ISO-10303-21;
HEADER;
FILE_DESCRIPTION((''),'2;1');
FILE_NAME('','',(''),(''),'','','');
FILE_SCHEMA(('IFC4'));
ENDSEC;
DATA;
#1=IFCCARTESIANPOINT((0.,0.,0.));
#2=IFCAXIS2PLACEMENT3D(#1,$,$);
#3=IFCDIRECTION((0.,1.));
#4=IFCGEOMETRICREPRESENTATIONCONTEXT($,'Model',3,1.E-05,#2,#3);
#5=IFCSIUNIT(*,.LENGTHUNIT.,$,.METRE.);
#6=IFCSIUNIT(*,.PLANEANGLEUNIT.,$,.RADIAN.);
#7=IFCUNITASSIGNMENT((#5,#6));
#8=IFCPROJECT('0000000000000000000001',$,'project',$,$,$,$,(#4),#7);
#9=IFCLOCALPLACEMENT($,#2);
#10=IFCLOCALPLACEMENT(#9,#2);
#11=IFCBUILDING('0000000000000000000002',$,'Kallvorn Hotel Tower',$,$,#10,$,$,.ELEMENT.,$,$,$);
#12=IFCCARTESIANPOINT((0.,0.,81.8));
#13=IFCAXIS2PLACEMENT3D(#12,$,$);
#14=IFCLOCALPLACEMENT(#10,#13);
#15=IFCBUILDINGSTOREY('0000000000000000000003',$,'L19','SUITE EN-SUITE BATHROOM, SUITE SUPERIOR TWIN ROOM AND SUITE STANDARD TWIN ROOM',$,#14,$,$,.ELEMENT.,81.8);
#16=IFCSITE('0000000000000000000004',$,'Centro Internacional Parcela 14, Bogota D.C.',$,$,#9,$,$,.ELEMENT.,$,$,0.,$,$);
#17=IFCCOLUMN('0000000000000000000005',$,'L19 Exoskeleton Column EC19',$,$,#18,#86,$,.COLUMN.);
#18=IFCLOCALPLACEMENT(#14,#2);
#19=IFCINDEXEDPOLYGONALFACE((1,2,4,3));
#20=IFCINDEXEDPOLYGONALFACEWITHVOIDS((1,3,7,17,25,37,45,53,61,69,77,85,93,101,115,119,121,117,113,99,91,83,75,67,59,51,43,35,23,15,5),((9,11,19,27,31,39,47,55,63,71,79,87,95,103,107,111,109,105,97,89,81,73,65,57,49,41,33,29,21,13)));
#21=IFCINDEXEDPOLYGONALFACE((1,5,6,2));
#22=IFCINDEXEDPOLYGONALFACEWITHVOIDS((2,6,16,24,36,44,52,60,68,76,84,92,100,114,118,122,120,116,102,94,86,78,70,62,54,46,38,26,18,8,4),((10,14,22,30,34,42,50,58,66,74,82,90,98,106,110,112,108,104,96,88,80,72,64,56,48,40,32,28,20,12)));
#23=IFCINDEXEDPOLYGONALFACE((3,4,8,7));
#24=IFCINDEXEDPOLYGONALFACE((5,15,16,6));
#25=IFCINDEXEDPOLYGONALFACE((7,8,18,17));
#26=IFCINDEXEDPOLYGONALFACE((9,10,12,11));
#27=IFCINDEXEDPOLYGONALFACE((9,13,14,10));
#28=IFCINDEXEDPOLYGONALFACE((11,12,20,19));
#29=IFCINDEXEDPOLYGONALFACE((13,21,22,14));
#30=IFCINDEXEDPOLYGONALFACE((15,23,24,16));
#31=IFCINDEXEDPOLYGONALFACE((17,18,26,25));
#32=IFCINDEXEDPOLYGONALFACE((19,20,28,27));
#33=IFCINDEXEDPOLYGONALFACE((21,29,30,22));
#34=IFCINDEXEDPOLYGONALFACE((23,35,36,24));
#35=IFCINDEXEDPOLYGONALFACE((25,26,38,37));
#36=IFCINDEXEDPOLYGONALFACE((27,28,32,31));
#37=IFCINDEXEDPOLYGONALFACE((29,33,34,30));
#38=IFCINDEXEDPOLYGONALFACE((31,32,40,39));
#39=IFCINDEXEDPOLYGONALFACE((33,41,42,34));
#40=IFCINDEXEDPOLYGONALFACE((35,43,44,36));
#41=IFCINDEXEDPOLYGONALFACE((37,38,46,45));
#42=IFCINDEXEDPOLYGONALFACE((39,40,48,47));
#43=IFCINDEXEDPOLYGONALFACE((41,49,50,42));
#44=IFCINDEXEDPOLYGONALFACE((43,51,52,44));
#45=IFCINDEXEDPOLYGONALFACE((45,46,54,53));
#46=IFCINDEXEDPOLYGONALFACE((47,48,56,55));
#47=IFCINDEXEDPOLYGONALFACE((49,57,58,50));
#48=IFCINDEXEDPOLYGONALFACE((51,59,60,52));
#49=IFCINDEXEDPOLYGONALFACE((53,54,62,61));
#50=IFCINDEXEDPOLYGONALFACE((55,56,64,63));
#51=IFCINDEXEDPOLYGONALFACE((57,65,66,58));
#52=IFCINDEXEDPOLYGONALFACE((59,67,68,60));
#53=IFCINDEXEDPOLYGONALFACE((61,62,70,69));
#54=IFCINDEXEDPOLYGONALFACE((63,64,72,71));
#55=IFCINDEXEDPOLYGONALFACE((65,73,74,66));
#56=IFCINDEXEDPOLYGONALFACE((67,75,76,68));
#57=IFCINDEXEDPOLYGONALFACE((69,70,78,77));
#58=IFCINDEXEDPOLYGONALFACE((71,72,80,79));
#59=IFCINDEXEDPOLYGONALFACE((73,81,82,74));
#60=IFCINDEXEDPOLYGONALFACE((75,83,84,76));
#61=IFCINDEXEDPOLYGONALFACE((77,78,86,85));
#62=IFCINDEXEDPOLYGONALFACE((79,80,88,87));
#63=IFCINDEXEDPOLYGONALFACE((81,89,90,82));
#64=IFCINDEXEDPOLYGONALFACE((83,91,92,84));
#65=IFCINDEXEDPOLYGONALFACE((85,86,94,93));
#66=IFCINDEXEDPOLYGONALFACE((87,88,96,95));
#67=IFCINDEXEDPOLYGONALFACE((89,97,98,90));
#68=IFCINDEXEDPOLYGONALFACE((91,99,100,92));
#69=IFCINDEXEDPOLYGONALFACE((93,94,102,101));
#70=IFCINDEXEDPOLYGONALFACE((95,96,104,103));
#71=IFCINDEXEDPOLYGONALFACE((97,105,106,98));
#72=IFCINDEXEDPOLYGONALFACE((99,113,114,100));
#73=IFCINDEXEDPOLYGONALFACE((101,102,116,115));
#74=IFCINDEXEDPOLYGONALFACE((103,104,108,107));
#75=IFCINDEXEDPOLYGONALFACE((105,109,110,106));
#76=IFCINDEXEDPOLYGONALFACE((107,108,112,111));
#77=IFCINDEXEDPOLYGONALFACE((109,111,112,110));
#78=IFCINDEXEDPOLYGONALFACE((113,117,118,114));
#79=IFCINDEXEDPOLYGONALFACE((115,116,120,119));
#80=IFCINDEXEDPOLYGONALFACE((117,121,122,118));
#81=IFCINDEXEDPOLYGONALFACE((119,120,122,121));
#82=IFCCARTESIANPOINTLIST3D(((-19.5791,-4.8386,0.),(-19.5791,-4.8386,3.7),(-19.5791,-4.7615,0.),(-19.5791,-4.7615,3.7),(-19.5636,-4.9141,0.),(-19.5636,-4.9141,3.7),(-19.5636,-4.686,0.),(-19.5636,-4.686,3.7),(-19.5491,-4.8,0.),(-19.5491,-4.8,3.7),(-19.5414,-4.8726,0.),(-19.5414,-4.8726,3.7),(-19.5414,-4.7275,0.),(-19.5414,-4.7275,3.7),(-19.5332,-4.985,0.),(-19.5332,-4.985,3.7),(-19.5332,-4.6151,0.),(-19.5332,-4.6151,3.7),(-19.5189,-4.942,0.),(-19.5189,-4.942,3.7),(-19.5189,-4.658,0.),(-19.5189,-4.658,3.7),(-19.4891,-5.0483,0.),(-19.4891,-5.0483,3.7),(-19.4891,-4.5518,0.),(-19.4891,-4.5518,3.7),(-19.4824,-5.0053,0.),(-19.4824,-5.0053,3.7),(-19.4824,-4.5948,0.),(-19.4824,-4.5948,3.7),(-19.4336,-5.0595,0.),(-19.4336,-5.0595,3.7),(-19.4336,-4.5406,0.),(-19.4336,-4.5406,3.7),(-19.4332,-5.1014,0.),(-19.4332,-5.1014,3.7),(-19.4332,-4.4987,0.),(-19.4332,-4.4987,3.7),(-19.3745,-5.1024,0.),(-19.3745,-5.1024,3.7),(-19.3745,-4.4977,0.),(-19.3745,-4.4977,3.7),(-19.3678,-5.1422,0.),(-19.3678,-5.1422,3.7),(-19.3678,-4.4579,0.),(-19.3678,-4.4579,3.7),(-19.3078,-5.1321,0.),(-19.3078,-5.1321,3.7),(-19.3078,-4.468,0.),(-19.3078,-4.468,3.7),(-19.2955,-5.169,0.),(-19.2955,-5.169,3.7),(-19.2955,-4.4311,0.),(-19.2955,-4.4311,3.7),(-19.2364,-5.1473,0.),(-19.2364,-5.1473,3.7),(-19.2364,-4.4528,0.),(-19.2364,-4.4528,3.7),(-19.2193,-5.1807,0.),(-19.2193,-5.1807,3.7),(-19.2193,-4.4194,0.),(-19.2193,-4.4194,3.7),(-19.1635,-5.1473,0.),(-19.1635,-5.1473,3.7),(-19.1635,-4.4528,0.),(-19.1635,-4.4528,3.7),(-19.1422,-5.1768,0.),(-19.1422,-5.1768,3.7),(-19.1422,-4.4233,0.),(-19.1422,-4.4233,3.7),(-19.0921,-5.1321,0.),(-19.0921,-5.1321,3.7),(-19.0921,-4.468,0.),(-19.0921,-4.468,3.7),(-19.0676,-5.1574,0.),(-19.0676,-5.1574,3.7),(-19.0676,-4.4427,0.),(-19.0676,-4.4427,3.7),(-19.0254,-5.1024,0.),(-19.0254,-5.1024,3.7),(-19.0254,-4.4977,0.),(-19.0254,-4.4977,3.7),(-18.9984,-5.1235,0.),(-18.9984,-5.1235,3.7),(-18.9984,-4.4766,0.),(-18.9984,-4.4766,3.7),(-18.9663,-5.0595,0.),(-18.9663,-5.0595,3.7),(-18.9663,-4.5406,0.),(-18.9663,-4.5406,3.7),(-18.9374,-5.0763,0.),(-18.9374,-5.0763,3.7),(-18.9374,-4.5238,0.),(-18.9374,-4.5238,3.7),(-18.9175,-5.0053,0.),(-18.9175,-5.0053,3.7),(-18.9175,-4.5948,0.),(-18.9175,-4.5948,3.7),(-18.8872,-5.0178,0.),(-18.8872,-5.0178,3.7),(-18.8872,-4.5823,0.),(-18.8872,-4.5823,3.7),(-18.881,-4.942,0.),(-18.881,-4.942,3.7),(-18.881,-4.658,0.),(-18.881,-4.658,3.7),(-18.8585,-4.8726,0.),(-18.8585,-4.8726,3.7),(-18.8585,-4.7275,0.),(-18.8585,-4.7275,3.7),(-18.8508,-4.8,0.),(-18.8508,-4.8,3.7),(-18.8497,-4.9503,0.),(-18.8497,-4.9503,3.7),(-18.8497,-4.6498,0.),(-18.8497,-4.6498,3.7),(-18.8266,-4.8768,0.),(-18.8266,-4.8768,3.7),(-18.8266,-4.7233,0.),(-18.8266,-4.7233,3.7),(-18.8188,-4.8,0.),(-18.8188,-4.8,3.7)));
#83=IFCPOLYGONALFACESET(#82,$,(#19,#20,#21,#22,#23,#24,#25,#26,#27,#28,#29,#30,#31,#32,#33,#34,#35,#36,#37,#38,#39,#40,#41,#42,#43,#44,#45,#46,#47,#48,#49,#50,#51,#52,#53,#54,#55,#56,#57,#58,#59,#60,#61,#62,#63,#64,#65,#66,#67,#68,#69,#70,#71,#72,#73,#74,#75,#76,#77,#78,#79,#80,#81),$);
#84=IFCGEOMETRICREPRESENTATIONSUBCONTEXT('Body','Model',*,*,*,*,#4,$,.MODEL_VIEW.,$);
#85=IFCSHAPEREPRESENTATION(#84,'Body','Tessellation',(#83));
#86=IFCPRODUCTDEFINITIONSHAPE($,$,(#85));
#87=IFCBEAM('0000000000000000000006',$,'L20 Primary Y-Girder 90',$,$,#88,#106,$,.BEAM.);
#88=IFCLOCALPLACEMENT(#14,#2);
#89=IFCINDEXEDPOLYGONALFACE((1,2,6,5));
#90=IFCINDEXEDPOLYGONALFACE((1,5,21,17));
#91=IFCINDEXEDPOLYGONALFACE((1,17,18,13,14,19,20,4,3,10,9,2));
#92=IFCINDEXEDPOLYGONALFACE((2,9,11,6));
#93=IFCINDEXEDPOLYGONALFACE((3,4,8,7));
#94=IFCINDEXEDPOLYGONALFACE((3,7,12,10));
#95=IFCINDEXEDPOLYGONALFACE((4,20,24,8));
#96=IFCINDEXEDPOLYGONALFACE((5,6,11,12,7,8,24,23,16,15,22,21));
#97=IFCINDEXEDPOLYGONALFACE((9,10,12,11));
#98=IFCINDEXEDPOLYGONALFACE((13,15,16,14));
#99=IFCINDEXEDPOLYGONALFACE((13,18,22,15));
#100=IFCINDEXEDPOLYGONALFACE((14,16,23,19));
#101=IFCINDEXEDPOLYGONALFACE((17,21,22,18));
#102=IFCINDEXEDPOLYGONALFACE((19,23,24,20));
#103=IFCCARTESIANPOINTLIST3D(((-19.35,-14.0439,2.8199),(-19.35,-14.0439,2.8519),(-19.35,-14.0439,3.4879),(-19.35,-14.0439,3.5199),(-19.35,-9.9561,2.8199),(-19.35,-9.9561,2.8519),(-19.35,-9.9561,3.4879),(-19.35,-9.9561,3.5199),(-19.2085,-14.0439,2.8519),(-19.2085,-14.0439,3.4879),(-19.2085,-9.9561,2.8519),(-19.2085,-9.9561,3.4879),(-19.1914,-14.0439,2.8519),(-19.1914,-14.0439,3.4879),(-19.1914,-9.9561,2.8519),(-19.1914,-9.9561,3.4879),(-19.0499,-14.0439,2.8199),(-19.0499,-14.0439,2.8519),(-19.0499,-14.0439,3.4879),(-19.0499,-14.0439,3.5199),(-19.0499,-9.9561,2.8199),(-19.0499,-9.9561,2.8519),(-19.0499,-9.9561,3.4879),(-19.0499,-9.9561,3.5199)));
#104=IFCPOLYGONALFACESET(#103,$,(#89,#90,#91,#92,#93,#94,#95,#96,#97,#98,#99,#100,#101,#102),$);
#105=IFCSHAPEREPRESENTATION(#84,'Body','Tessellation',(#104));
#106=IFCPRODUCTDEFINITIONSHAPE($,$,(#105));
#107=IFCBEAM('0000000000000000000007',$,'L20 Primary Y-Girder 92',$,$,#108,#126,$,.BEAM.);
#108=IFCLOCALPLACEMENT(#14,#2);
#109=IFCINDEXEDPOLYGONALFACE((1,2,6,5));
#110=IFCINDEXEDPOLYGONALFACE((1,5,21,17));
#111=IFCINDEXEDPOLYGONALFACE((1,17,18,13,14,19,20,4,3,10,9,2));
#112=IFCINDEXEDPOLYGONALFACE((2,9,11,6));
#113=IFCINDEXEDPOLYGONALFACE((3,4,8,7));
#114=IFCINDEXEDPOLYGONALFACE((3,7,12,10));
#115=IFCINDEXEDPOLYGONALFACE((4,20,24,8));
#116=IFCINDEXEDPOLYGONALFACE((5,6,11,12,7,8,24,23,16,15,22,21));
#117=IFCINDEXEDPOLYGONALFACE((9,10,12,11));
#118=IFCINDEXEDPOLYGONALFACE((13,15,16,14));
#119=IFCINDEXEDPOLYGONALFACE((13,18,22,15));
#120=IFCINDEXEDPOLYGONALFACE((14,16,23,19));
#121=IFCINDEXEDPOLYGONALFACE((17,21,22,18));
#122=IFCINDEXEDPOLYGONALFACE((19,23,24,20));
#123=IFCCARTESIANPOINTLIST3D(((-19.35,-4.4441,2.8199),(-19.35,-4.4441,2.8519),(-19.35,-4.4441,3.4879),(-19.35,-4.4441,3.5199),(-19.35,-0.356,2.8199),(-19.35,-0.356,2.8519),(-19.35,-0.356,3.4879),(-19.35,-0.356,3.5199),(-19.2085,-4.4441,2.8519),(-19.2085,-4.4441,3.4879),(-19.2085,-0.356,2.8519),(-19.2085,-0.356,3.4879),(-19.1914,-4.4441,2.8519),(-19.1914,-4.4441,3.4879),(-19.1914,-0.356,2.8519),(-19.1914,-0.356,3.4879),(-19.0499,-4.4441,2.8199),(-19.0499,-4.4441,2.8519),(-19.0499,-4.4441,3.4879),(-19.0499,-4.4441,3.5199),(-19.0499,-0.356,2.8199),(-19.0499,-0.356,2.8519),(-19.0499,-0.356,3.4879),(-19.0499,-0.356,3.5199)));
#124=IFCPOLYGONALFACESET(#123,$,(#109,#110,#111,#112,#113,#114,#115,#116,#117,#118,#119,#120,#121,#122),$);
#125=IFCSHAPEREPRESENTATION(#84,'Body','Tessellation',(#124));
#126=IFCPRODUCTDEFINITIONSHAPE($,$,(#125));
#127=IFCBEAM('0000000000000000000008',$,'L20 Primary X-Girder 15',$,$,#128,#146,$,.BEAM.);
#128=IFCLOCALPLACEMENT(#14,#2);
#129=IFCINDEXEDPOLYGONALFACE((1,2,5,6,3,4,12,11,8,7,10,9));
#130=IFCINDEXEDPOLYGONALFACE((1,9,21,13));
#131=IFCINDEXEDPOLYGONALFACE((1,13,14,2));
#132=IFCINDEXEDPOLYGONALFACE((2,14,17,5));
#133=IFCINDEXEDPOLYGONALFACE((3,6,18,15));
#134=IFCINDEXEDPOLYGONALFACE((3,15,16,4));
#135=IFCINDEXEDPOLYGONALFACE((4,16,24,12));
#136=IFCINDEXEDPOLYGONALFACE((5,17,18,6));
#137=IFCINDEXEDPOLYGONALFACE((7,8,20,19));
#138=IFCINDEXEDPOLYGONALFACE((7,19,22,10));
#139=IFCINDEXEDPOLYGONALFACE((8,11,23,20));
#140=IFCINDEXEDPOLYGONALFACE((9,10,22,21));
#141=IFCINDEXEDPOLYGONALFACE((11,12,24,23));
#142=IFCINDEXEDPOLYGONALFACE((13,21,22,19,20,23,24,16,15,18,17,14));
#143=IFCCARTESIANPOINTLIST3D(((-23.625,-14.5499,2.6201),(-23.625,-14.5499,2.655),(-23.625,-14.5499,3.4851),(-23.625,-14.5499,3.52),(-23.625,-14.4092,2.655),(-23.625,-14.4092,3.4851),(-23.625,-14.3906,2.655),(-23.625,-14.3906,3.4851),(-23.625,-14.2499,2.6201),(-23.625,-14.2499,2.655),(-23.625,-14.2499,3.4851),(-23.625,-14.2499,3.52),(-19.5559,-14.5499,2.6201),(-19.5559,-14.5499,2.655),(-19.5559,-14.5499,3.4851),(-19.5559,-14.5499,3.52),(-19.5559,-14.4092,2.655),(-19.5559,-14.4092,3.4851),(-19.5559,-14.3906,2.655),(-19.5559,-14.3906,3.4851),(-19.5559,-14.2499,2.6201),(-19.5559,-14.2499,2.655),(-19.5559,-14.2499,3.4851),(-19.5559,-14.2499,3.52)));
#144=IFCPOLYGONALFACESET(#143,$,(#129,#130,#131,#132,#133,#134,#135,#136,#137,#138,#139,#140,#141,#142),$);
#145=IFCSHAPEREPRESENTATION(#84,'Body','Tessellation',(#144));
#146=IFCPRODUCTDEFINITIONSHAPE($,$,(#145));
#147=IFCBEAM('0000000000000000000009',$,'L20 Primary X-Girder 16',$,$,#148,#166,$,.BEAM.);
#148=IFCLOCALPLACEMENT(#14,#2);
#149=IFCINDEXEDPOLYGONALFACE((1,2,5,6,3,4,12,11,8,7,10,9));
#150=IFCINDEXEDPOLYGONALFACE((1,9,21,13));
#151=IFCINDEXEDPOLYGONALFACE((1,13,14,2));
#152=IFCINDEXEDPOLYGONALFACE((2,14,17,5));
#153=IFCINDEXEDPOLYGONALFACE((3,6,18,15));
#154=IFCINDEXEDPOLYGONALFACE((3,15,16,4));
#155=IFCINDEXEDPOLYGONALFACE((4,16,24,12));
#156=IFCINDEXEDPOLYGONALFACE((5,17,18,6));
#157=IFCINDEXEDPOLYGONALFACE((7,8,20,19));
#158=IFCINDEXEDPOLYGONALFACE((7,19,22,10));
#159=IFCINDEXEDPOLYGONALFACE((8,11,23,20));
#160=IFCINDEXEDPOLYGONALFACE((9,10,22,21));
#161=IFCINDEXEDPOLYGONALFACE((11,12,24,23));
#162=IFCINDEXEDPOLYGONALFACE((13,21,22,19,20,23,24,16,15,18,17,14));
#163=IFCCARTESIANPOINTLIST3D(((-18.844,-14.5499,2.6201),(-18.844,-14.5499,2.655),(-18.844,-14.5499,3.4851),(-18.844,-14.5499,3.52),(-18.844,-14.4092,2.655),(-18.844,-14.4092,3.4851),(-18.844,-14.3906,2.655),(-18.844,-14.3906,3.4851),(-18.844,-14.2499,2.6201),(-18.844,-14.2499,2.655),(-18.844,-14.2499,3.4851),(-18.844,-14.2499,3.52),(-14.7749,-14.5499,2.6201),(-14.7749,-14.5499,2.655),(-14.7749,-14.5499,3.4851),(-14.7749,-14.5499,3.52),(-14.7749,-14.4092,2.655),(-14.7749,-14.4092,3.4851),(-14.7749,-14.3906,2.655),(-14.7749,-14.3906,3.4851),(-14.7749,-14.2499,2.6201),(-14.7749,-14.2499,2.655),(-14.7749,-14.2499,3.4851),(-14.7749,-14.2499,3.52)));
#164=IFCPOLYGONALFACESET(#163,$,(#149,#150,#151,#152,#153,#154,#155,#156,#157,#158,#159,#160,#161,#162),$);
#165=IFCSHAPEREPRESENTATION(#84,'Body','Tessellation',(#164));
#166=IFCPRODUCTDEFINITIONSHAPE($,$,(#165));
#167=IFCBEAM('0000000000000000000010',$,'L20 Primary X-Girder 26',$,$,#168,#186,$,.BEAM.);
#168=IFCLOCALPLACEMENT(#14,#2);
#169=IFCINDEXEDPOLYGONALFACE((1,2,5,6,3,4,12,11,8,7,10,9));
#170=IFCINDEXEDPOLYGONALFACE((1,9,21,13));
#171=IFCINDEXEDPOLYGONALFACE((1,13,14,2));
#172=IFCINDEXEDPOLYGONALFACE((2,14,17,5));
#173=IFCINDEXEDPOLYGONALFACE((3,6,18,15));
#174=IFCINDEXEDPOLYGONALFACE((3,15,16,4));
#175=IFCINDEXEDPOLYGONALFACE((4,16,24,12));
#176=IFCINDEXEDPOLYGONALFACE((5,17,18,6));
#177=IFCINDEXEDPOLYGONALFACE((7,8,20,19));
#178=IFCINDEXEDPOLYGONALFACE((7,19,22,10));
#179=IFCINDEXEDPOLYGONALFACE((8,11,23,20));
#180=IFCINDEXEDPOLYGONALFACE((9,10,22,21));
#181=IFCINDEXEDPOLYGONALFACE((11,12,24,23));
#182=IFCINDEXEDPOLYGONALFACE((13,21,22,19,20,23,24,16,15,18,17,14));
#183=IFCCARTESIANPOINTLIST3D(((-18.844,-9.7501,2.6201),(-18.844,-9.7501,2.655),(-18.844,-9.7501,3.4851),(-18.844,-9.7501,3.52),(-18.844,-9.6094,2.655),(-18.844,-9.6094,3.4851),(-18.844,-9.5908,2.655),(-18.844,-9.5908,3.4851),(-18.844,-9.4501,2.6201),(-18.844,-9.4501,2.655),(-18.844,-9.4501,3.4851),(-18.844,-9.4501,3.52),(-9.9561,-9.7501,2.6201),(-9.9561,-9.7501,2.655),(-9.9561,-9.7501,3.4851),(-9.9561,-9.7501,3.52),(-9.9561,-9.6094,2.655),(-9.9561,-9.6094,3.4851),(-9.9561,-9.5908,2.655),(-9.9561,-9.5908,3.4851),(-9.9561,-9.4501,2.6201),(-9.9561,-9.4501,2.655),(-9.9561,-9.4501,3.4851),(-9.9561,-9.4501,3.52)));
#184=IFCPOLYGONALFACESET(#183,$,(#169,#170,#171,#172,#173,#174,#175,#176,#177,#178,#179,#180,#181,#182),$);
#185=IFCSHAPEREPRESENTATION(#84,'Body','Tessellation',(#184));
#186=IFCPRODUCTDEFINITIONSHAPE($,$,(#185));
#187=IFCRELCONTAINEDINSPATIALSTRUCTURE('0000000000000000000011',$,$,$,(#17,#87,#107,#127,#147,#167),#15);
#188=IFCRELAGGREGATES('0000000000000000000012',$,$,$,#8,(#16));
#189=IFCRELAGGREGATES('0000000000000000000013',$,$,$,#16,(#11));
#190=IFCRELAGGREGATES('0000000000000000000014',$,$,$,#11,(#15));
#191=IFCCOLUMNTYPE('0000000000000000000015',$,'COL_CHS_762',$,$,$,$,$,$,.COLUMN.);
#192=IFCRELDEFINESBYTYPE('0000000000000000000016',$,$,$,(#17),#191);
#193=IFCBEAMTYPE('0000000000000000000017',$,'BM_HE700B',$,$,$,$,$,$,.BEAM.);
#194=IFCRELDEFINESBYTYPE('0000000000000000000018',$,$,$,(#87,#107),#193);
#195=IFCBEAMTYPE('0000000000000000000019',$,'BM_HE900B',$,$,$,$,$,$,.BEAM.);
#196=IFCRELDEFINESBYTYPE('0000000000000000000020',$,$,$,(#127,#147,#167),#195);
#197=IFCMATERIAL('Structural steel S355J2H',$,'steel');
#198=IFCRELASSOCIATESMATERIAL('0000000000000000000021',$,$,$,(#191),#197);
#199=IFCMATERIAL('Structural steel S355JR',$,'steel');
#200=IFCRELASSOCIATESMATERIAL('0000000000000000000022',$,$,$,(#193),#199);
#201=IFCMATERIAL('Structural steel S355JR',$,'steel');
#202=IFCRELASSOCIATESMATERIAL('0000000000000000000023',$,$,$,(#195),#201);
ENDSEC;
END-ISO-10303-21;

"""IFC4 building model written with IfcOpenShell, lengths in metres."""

from ifc_helpers import new_model, si_unit, direction, frame, origin, origin_2d, place, context, subcontext, project, spatial, hollow_circle, i_section, extrude, material, material_profile, profile_set, type_object, element, save


model = new_model("IFC4")

# Units and contexts
model_context = context("Model", 3, precision=1e-05, world=origin(), true_north=direction((0.0, 1.0)))
body_context = subcontext(model_context, "Body", "Model", "MODEL_VIEW")
ifc_project = project(units=[si_unit("LENGTHUNIT", "METRE"), si_unit("PLANEANGLEUNIT", "RADIAN")], contexts=[model_context])

# Site, building, storey
site_placement = place(None, origin())
site = spatial("IfcSite", under=ifc_project, at=site_placement, Name="Centro Internacional Parcela 14, Bogota D.C.", CompositionType="ELEMENT", RefElevation=0.0)
building_placement = place(site_placement, origin())
building = spatial("IfcBuilding", under=site, at=building_placement, Name="Kallvorn Hotel Tower", CompositionType="ELEMENT")
storey_placement = place(building_placement, frame((0.0, 0.0, 81.8)))
storey = spatial("IfcBuildingStorey", under=building, at=storey_placement, Name="L19", Description="SUITE EN-SUITE BATHROOM, SUITE SUPERIOR TWIN ROOM AND SUITE STANDARD TWIN ROOM", CompositionType="ELEMENT", Elevation=81.8)

# Column
ifc_material_1 = material(Name="Structural steel S355J2H", Category="steel")
ifc_material_profile_1 = material_profile(ifc_material_1, hollow_circle(Radius=0.3811, WallThickness=0.032, at=origin_2d()), Name="CHS 762x32")
ifc_profile_set_1 = profile_set([ifc_material_profile_1], Name="Structural steel S355J2H")
column_type = type_object("IfcColumnType", Name="COL_CHS_762", PredefinedType="COLUMN", material=ifc_profile_set_1)
for number, where, z_axis, x_axis, name in (
    (1, (-19.2, -4.8, 0.0), (0.0, 0.0, 1.0), (1.0, 0.0, 0.0), "L19 Exoskeleton Column EC19"),
):
    element("IfcColumn", number, at=place(storey_placement, frame(where, z_axis=z_axis, x_axis=x_axis)), inside=storey, type_object=column_type, Name=name, PredefinedType="COLUMN", context=body_context, shape_type="SweptSolid", body=[
        extrude(hollow_circle(Radius=0.3811, WallThickness=0.032, at=origin_2d()), origin(), (0.0, 0.0, 1.0), 3.7),
    ])

# Beams
ifc_material_2 = material(Name="Structural steel S355JR", Category="steel")
ifc_material_profile_2 = material_profile(ifc_material_2, i_section(OverallWidth=0.3, OverallDepth=0.7, WebThickness=0.0171, FlangeThickness=0.032, at=origin_2d()), Name="HE 700 B")
ifc_profile_set_2 = profile_set([ifc_material_profile_2], Name="Structural steel S355JR")
beam_type_1 = type_object("IfcBeamType", Name="BM_HE700B", PredefinedType="BEAM", material=ifc_profile_set_2)
beam_1_placement = place(storey_placement, frame((-19.2, -14.0439, 3.1699), z_axis=(0.0, 1.0, 0.0), x_axis=(-1.0, 0.0, 0.0)))
element("IfcBeam", 2, at=beam_1_placement, inside=storey, type_object=beam_type_1, Name="L20 Primary Y-Girder 90", PredefinedType="BEAM", context=body_context, shape_type="SweptSolid", body=[
    extrude(i_section(OverallWidth=0.3, OverallDepth=0.7, WebThickness=0.0171, FlangeThickness=0.032, at=origin_2d()), origin(), (0.0, 0.0, 1.0), 4.0879),
])
beam_2_placement = place(storey_placement, frame((-19.2, -4.4441, 3.1699), z_axis=(0.0, 1.0, 0.0), x_axis=(-1.0, 0.0, 0.0)))
element("IfcBeam", 3, at=beam_2_placement, inside=storey, type_object=beam_type_1, Name="L20 Primary Y-Girder 92", PredefinedType="BEAM", context=body_context, shape_type="SweptSolid", body=[
    extrude(i_section(OverallWidth=0.3, OverallDepth=0.7, WebThickness=0.0171, FlangeThickness=0.032, at=origin_2d()), origin(), (0.0, 0.0, 1.0), 4.0881),
])
ifc_material_3 = material(Name="Structural steel S355JR", Category="steel")
ifc_material_profile_3 = material_profile(ifc_material_3, i_section(OverallWidth=0.3, OverallDepth=0.8999, WebThickness=0.0186, FlangeThickness=0.0349, at=origin_2d()), Name="HE 900 B")
ifc_profile_set_3 = profile_set([ifc_material_profile_3], Name="Structural steel S355JR")
beam_type_2 = type_object("IfcBeamType", Name="BM_HE900B", PredefinedType="BEAM", material=ifc_profile_set_3)
for number, where, z_axis, x_axis, name in (
    (4, (-23.625, -14.3999, 3.0701), (1.0, 0.0, 0.0), (0.0, 1.0, 0.0), "L20 Primary X-Girder 15"),
    (5, (-18.844, -14.3999, 3.0701), (1.0, 0.0, 0.0), (0.0, 1.0, 0.0), "L20 Primary X-Girder 16"),
):
    element("IfcBeam", number, at=place(storey_placement, frame(where, z_axis=z_axis, x_axis=x_axis)), inside=storey, type_object=beam_type_2, Name=name, PredefinedType="BEAM", context=body_context, shape_type="SweptSolid", body=[
        extrude(i_section(OverallWidth=0.3, OverallDepth=0.8999, WebThickness=0.0186, FlangeThickness=0.0349, at=origin_2d()), origin(), (0.0, 0.0, 1.0), 4.0691),
    ])
beam_3_placement = place(storey_placement, frame((-18.844, -9.6001, 3.0701), z_axis=(1.0, 0.0, 0.0), x_axis=(0.0, 1.0, 0.0)))
element("IfcBeam", 6, at=beam_3_placement, inside=storey, type_object=beam_type_2, Name="L20 Primary X-Girder 26", PredefinedType="BEAM", context=body_context, shape_type="SweptSolid", body=[
    extrude(i_section(OverallWidth=0.3, OverallDepth=0.8999, WebThickness=0.0186, FlangeThickness=0.0349, at=origin_2d()), origin(), (0.0, 0.0, 1.0), 8.8879),
])

save(model, "model.ifc")
